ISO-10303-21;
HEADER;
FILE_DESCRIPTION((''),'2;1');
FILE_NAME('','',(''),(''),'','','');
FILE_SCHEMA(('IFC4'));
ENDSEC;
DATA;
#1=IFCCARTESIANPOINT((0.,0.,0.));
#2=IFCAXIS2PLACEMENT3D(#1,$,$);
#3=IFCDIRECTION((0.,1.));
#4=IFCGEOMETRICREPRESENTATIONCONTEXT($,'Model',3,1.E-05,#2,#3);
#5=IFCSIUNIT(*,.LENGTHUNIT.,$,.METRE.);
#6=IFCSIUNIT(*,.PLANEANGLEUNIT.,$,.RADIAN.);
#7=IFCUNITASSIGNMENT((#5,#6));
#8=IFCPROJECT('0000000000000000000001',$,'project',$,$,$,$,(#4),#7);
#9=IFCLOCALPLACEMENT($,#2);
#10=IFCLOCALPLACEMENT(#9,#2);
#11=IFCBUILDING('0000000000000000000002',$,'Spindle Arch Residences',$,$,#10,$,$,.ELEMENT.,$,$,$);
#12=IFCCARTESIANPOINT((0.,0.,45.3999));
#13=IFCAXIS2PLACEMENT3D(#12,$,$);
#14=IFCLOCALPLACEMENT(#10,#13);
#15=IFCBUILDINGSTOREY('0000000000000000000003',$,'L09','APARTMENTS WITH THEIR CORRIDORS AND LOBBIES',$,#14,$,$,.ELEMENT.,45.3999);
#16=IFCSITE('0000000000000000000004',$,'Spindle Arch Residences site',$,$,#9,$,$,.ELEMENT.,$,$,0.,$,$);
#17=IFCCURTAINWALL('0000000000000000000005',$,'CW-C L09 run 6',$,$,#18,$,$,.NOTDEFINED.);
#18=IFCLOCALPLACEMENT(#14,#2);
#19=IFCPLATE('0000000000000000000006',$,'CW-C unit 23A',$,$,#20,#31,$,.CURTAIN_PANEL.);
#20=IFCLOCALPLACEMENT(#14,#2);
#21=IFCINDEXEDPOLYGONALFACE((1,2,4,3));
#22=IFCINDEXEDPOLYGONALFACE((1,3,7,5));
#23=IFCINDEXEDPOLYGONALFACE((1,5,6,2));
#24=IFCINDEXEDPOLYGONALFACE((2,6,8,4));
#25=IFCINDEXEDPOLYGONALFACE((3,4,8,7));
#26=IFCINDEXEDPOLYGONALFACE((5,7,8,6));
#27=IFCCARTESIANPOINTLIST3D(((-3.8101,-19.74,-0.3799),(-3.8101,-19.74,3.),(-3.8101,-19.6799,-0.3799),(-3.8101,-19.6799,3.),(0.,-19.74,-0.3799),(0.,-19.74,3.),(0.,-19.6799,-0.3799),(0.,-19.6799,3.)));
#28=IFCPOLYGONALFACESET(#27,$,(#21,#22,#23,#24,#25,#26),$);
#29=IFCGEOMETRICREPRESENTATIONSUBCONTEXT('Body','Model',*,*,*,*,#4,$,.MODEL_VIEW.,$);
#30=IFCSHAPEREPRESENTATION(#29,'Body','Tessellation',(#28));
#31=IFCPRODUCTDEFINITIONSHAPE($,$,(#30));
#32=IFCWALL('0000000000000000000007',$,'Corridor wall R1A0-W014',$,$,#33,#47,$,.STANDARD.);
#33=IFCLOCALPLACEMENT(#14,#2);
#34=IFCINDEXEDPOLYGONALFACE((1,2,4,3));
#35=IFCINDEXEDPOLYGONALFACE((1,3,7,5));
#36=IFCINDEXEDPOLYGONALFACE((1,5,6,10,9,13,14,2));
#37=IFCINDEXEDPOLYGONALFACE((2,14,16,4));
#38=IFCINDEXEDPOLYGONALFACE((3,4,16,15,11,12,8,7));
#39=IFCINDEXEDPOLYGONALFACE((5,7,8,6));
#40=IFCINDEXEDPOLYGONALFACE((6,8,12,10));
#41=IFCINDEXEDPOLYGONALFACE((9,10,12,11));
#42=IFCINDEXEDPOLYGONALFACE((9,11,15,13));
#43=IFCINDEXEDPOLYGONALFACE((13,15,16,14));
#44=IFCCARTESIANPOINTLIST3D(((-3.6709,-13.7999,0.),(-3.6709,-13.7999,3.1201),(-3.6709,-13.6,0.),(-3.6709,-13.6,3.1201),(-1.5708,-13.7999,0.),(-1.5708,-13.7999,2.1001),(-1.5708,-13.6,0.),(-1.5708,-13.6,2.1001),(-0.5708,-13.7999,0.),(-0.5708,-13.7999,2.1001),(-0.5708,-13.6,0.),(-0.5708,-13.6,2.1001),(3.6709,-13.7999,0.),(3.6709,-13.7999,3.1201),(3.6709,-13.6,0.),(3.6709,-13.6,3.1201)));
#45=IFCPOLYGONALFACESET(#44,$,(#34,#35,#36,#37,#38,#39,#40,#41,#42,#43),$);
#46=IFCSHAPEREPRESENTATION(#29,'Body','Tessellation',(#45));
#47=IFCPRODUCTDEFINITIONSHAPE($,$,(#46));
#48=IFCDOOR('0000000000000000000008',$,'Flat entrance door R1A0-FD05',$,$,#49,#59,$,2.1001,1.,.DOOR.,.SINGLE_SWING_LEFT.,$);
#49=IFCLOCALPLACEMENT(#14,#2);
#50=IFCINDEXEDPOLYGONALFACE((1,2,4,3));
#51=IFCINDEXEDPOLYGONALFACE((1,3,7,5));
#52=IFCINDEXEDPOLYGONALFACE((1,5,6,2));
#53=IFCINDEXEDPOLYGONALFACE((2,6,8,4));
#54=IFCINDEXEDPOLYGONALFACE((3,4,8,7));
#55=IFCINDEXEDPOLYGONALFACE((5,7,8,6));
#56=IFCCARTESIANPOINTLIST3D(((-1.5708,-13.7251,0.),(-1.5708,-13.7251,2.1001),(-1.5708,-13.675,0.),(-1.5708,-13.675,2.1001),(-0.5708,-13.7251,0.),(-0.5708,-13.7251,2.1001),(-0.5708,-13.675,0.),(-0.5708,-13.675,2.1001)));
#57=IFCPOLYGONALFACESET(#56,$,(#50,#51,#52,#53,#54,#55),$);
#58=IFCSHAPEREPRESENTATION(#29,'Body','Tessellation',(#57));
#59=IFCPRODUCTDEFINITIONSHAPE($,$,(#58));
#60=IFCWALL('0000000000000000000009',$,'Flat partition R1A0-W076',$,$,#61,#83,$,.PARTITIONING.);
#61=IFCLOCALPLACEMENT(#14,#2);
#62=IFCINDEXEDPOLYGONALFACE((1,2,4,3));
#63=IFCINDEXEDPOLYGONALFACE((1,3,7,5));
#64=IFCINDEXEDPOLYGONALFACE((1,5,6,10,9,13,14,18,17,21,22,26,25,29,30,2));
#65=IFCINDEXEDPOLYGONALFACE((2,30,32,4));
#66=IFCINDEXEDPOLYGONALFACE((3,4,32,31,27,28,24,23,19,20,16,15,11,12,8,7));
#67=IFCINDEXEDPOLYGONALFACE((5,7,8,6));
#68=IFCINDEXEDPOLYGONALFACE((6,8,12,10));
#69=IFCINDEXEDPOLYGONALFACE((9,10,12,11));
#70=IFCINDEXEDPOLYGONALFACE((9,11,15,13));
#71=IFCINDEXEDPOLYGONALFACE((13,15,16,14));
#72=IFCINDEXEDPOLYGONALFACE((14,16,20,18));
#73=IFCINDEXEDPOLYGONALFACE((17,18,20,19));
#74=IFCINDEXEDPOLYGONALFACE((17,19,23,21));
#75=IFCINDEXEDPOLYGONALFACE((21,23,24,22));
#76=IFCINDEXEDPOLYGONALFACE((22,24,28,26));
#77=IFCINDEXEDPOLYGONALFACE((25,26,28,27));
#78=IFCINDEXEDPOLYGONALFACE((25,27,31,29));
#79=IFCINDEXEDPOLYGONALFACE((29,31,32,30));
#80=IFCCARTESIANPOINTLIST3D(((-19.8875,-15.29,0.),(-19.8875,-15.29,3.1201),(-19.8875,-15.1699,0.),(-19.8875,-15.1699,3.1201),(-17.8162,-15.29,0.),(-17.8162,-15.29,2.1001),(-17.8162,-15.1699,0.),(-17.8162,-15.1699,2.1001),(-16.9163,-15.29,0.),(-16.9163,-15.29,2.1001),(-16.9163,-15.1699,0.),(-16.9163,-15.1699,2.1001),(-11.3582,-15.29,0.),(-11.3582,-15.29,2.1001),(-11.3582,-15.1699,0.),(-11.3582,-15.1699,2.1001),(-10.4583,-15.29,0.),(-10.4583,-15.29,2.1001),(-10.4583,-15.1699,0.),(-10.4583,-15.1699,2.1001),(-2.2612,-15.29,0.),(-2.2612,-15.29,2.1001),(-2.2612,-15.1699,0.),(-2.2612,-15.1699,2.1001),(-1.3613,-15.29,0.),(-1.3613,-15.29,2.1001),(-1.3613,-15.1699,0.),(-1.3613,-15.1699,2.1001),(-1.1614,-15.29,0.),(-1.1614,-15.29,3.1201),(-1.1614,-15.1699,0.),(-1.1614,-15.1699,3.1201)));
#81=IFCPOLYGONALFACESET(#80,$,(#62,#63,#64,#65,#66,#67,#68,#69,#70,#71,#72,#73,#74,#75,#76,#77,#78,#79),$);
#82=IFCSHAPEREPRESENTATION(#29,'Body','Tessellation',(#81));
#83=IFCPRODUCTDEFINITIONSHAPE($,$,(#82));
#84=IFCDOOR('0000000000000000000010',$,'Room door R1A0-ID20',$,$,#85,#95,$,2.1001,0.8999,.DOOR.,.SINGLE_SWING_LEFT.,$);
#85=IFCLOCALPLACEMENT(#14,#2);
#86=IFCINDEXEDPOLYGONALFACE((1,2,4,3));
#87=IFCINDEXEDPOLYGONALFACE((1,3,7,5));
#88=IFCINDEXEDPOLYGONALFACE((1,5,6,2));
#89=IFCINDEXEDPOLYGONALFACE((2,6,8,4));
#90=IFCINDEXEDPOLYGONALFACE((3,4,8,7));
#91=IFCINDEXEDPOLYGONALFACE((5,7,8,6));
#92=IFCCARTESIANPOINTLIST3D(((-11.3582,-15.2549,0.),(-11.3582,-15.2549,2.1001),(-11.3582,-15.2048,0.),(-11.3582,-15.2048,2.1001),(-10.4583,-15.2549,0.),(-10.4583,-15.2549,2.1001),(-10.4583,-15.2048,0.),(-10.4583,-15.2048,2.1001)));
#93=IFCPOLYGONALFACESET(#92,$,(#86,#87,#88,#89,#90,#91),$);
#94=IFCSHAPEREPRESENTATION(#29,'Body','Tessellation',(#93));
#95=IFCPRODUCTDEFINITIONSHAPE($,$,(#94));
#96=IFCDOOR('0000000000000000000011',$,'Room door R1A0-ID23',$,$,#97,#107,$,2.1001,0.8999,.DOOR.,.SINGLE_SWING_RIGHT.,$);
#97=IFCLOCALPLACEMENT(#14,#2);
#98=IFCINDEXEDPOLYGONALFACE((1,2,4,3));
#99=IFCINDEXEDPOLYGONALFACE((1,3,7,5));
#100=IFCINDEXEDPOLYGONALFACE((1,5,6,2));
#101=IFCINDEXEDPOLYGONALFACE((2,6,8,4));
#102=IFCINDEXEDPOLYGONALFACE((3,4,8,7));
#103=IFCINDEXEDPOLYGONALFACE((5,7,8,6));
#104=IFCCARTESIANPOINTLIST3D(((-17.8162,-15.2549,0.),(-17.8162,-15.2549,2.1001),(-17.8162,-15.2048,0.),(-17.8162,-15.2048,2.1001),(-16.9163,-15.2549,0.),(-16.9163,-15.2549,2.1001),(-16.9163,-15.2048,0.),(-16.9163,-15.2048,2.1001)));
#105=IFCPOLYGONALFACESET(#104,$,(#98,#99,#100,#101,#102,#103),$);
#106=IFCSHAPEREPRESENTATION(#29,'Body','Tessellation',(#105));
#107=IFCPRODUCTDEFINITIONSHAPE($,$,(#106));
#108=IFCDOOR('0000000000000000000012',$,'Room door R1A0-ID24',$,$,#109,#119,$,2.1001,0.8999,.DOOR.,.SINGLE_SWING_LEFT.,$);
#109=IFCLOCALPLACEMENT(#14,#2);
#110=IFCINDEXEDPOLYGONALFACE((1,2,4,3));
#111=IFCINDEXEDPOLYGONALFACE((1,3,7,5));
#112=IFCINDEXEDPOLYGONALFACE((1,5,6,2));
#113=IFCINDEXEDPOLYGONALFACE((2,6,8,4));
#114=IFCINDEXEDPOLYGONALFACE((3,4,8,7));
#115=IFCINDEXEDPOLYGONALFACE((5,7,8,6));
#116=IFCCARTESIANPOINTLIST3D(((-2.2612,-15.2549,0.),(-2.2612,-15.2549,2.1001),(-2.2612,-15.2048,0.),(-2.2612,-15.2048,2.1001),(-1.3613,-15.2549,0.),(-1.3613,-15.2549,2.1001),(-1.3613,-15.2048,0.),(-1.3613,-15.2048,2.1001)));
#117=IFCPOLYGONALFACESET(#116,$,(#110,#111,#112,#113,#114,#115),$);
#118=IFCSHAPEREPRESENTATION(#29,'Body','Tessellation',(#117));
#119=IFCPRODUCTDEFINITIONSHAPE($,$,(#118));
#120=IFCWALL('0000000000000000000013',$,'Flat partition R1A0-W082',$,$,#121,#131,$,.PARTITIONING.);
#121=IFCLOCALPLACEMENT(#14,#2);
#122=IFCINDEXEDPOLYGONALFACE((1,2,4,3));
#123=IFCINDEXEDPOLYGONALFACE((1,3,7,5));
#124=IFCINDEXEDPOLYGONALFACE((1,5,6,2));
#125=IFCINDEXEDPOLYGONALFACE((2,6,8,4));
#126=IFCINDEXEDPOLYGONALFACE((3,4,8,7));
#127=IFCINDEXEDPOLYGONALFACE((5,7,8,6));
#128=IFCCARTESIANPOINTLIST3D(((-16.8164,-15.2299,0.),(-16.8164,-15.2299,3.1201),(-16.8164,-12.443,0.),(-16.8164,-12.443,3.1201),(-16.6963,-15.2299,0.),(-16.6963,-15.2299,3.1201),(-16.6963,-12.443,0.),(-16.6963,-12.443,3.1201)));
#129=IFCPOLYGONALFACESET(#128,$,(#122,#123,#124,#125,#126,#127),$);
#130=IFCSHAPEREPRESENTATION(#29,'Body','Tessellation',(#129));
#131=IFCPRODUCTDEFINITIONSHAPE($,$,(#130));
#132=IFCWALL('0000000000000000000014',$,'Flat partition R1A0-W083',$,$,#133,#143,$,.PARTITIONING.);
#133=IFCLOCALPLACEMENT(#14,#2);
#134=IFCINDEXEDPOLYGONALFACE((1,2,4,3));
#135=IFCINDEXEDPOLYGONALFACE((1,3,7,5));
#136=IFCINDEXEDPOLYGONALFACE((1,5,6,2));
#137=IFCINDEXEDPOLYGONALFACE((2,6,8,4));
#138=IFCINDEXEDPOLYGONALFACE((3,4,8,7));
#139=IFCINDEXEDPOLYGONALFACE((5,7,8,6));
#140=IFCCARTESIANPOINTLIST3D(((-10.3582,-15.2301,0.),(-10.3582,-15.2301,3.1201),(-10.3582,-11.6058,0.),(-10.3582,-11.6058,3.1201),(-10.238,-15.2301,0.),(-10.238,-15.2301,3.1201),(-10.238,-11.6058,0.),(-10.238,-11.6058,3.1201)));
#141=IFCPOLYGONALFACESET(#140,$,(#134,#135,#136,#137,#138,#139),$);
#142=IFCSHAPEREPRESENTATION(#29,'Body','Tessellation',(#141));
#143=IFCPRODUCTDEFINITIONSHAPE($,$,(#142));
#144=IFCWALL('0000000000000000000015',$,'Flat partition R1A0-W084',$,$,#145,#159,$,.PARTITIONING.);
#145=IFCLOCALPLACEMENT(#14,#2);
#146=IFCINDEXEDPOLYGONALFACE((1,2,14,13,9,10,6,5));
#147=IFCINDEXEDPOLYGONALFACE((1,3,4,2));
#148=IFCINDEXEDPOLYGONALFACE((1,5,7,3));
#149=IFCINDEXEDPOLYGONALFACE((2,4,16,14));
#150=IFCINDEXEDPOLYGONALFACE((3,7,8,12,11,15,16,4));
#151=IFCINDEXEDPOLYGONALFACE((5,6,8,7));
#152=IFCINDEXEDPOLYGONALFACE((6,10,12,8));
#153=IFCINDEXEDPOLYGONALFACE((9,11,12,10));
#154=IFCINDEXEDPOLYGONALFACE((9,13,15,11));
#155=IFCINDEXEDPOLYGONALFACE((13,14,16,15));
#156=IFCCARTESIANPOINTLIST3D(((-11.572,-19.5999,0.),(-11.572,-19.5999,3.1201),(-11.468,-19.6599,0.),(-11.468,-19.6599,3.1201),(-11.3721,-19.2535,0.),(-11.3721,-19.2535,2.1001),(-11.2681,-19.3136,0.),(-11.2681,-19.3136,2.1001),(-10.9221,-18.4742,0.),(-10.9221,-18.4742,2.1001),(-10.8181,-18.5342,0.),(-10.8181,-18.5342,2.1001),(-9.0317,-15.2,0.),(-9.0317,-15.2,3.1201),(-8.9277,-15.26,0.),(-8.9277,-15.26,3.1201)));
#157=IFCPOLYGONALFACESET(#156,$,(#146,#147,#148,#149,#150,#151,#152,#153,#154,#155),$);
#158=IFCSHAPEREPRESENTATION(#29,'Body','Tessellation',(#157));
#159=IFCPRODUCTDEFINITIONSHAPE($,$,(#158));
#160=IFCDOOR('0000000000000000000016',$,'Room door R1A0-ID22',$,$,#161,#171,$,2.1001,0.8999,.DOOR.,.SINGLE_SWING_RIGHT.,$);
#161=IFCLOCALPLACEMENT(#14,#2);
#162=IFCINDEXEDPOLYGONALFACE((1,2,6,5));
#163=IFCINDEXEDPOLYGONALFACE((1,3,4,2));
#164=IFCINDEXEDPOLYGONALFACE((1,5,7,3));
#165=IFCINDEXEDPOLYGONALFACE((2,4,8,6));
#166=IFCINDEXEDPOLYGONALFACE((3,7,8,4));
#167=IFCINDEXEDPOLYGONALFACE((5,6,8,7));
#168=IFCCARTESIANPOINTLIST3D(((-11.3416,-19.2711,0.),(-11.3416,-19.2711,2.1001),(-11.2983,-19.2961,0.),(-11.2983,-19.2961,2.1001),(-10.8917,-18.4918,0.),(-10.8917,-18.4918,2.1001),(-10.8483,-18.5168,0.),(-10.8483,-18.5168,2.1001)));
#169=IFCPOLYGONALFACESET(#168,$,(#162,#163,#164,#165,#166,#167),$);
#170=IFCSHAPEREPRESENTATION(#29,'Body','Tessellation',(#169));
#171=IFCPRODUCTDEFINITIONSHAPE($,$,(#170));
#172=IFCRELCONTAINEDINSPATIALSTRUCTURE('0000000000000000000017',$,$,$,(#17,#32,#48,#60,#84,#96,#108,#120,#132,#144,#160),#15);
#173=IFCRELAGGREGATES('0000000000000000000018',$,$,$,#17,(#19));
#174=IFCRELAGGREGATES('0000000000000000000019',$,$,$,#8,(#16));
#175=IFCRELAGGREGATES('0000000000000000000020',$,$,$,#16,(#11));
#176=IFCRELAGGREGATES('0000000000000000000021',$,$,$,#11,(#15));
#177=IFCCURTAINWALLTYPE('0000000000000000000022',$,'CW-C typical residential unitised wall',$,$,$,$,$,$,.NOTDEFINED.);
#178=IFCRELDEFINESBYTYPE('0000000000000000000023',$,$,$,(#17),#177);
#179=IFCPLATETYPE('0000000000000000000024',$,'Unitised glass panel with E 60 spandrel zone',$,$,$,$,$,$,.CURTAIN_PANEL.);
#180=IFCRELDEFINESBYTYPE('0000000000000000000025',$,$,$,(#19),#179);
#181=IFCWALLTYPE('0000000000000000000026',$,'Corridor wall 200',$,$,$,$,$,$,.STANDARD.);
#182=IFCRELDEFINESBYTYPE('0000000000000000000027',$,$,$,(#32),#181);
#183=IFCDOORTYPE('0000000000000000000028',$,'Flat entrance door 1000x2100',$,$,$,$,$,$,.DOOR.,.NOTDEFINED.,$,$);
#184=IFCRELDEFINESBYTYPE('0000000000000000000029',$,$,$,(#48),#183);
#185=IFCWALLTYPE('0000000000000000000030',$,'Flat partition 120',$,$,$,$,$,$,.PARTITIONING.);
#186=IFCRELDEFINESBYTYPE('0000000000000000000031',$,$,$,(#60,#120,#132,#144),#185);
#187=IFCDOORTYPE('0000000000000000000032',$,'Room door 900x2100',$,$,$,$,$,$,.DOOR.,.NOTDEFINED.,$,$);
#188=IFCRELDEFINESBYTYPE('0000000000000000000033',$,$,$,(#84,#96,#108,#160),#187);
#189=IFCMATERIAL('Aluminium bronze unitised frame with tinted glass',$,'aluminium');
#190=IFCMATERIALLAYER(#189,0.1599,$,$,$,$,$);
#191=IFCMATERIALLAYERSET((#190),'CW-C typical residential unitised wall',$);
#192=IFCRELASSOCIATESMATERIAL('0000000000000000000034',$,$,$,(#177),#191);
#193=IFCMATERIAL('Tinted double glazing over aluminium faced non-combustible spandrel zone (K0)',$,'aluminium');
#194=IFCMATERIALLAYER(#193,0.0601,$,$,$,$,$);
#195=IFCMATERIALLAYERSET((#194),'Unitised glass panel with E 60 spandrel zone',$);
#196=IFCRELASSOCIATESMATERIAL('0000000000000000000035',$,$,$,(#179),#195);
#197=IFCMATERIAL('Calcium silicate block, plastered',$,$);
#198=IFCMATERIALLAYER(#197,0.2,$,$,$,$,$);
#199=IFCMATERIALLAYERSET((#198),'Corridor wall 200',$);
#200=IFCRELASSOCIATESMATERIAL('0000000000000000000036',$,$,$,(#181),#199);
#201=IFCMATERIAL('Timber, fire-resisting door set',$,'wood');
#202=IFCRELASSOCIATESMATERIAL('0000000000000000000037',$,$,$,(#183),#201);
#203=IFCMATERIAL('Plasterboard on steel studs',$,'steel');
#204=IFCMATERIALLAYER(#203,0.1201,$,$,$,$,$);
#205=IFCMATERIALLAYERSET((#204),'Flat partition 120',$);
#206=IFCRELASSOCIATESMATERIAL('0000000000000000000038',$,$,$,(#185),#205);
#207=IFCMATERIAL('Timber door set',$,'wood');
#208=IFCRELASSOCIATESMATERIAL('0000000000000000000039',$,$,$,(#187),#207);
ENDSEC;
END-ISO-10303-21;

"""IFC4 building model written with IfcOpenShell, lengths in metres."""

from ifc_helpers import new_model, si_unit, direction, frame, frame_2d, origin, origin_2d, place, context, subcontext, project, spatial, rectangle, extrude, material, layer, layer_set, type_object, element, fill, aggregate, save


model = new_model("IFC4")

# Units and contexts
model_context = context("Model", 3, precision=1e-05, world=origin(), true_north=direction((0.0, 1.0)))
body_context = subcontext(model_context, "Body", "Model", "MODEL_VIEW")
ifc_project = project(units=[si_unit("LENGTHUNIT", "METRE"), si_unit("PLANEANGLEUNIT", "RADIAN")], contexts=[model_context])

# Site, building, storey
site_placement = place(None, origin())
site = spatial("IfcSite", under=ifc_project, at=site_placement, Name="Spindle Arch Residences site", CompositionType="ELEMENT", RefElevation=0.0)
building_placement = place(site_placement, origin())
building = spatial("IfcBuilding", under=site, at=building_placement, Name="Spindle Arch Residences", CompositionType="ELEMENT")
storey_placement = place(building_placement, frame((0.0, 0.0, 45.3999)))
storey = spatial("IfcBuildingStorey", under=building, at=storey_placement, Name="L09", Description="APARTMENTS WITH THEIR CORRIDORS AND LOBBIES", CompositionType="ELEMENT", Elevation=45.3999)

# Curtain wall
ifc_material_1 = material(Name="Aluminium bronze unitised frame with tinted glass", Category="aluminium")
ifc_layer_1 = layer(ifc_material_1, 0.1599)
ifc_layer_set_1 = layer_set([ifc_layer_1], Name="CW-C typical residential unitised wall")
curtain_wall_type = type_object("IfcCurtainWallType", Name="CW-C typical residential unitised wall", PredefinedType="NOTDEFINED", material=ifc_layer_set_1)
curtain_wall_placement = place(storey_placement, origin())
curtain_wall = element("IfcCurtainWall", 1, at=curtain_wall_placement, inside=storey, type_object=curtain_wall_type, Name="CW-C L09 run 6", PredefinedType="NOTDEFINED")

# Plate
ifc_material_2 = material(Name="Tinted double glazing over aluminium faced non-combustible spandrel zone (K0)", Category="aluminium")
ifc_layer_2 = layer(ifc_material_2, 0.0601)
ifc_layer_set_2 = layer_set([ifc_layer_2], Name="Unitised glass panel with E 60 spandrel zone")
plate_type = type_object("IfcPlateType", Name="Unitised glass panel with E 60 spandrel zone", PredefinedType="CURTAIN_PANEL", material=ifc_layer_set_2)
plate_1_placement = place(storey_placement, frame((-1.905, -19.71, -0.3799), z_axis=(0.0, 0.0, 1.0), x_axis=(1.0, 0.0, 0.0)))
plate_1 = element("IfcPlate", 2, at=plate_1_placement, type_object=plate_type, Name="CW-C unit 23A", PredefinedType="CURTAIN_PANEL", context=body_context, shape_type="SweptSolid", body=[
    extrude(rectangle(XDim=3.8101, YDim=0.0601, at=origin_2d()), origin(), (0.0, 0.0, 1.0), 3.3799),
])
aggregate(curtain_wall, [plate_1])

# Wall, opening, door
ifc_material_3 = material(Name="Calcium silicate block, plastered")
ifc_layer_3 = layer(ifc_material_3, 0.2)
ifc_layer_set_3 = layer_set([ifc_layer_3], Name="Corridor wall 200")
wall_type_1 = type_object("IfcWallType", Name="Corridor wall 200", PredefinedType="STANDARD", material=ifc_layer_set_3)
wall_1_placement = place(storey_placement, frame((-3.6709, -13.7, 0.0), z_axis=(0.0, 0.0, 1.0), x_axis=(1.0, 0.0, 0.0)))
wall_1 = element("IfcWall", 3, at=wall_1_placement, inside=storey, type_object=wall_type_1, Name="Corridor wall R1A0-W014", PredefinedType="STANDARD", context=body_context, shape_type="SweptSolid", body=[
    extrude(rectangle(XDim=7.3418, YDim=0.2, at=frame_2d((3.6709, 0.0))), origin(), (0.0, 0.0, 1.0), 3.1201),
])
opening_1_placement = place(wall_1_placement, frame((2.1001, 0.0, 0.0)))
opening_1 = element("IfcOpeningElement", 4, at=opening_1_placement, cuts=wall_1, PredefinedType="OPENING", context=body_context, shape_type="SweptSolid", body=[
    extrude(rectangle(XDim=1.0, YDim=2.1001, at=frame_2d((0.5, 1.05))), frame((0.0, 0.1099, 0.0), z_axis=(0.0, -1.0, 0.0), x_axis=(1.0, 0.0, 0.0)), (0.0, 0.0, 1.0), 0.22),
])
ifc_material_4 = material(Name="Timber, fire-resisting door set", Category="wood")
door_type_1 = type_object("IfcDoorType", Name="Flat entrance door 1000x2100", OperationType="NOTDEFINED", PredefinedType="DOOR", material=ifc_material_4)
door_1_placement = place(opening_1_placement, origin())
door_1 = element("IfcDoor", 5, at=door_1_placement, inside=storey, type_object=door_type_1, Name="Flat entrance door R1A0-FD05", OperationType="SINGLE_SWING_LEFT", OverallHeight=2.1001, OverallWidth=1.0, PredefinedType="DOOR", context=body_context, shape_type="SweptSolid", body=[
    extrude(rectangle(XDim=1.0, YDim=2.1001, at=frame_2d((0.5, 1.05))), frame((0.0, 0.0249, 0.0), z_axis=(0.0, -1.0, 0.0), x_axis=(1.0, 0.0, 0.0)), (0.0, 0.0, 1.0), 0.05),
])
fill(opening_1, door_1)

# Wall, openings, doors
ifc_material_5 = material(Name="Plasterboard on steel studs", Category="steel")
ifc_layer_4 = layer(ifc_material_5, 0.1201)
ifc_layer_set_4 = layer_set([ifc_layer_4], Name="Flat partition 120")
wall_type_2 = type_object("IfcWallType", Name="Flat partition 120", PredefinedType="PARTITIONING", material=ifc_layer_set_4)
wall_2_placement = place(storey_placement, frame((-1.1614, -15.23, 0.0), z_axis=(0.0, 0.0, 1.0), x_axis=(-1.0, 0.0, 0.0)))
wall_2 = element("IfcWall", 6, at=wall_2_placement, inside=storey, type_object=wall_type_2, Name="Flat partition R1A0-W076", PredefinedType="PARTITIONING", context=body_context, shape_type="SweptSolid", body=[
    extrude(rectangle(XDim=18.7261, YDim=0.1201, at=frame_2d((9.363, 0.0))), origin(), (0.0, 0.0, 1.0), 3.1201),
])
opening_2_placement = place(wall_2_placement, frame((9.2969, 0.0, 0.0)))
opening_2 = element("IfcOpeningElement", 7, at=opening_2_placement, cuts=wall_2, PredefinedType="OPENING", context=body_context, shape_type="SweptSolid", body=[
    extrude(rectangle(XDim=0.8999, YDim=2.1001, at=frame_2d((0.45, 1.05))), frame((0.0, 0.0701, 0.0), z_axis=(0.0, -1.0, 0.0), x_axis=(1.0, 0.0, 0.0)), (0.0, 0.0, 1.0), 0.1401),
])
opening_3_placement = place(wall_2_placement, frame((15.7549, 0.0, 0.0)))
opening_3 = element("IfcOpeningElement", 8, at=opening_3_placement, cuts=wall_2, PredefinedType="OPENING", context=body_context, shape_type="SweptSolid", body=[
    extrude(rectangle(XDim=0.8999, YDim=2.1001, at=frame_2d((0.45, 1.05))), frame((0.0, 0.0701, 0.0), z_axis=(0.0, -1.0, 0.0), x_axis=(1.0, 0.0, 0.0)), (0.0, 0.0, 1.0), 0.1401),
])
opening_4_placement = place(wall_2_placement, frame((0.2, 0.0, 0.0)))
opening_4 = element("IfcOpeningElement", 9, at=opening_4_placement, cuts=wall_2, PredefinedType="OPENING", context=body_context, shape_type="SweptSolid", body=[
    extrude(rectangle(XDim=0.8999, YDim=2.1001, at=frame_2d((0.45, 1.05))), frame((0.0, 0.0701, 0.0), z_axis=(0.0, -1.0, 0.0), x_axis=(1.0, 0.0, 0.0)), (0.0, 0.0, 1.0), 0.1401),
])
ifc_material_6 = material(Name="Timber door set", Category="wood")
door_type_2 = type_object("IfcDoorType", Name="Room door 900x2100", OperationType="NOTDEFINED", PredefinedType="DOOR", material=ifc_material_6)
door_2_placement = place(opening_2_placement, origin())
door_2 = element("IfcDoor", 10, at=door_2_placement, inside=storey, type_object=door_type_2, Name="Room door R1A0-ID20", OperationType="SINGLE_SWING_LEFT", OverallHeight=2.1001, OverallWidth=0.8999, PredefinedType="DOOR", context=body_context, shape_type="SweptSolid", body=[
    extrude(rectangle(XDim=0.8999, YDim=2.1001, at=frame_2d((0.45, 1.05))), frame((0.0, 0.0249, 0.0), z_axis=(0.0, -1.0, 0.0), x_axis=(1.0, 0.0, 0.0)), (0.0, 0.0, 1.0), 0.05),
])
fill(opening_2, door_2)
door_3_placement = place(opening_3_placement, origin())
door_3 = element("IfcDoor", 11, at=door_3_placement, inside=storey, type_object=door_type_2, Name="Room door R1A0-ID23", OperationType="SINGLE_SWING_RIGHT", OverallHeight=2.1001, OverallWidth=0.8999, PredefinedType="DOOR", context=body_context, shape_type="SweptSolid", body=[
    extrude(rectangle(XDim=0.8999, YDim=2.1001, at=frame_2d((0.45, 1.05))), frame((0.0, 0.0249, 0.0), z_axis=(0.0, -1.0, 0.0), x_axis=(1.0, 0.0, 0.0)), (0.0, 0.0, 1.0), 0.05),
])
fill(opening_3, door_3)
door_4_placement = place(opening_4_placement, origin())
door_4 = element("IfcDoor", 12, at=door_4_placement, inside=storey, type_object=door_type_2, Name="Room door R1A0-ID24", OperationType="SINGLE_SWING_LEFT", OverallHeight=2.1001, OverallWidth=0.8999, PredefinedType="DOOR", context=body_context, shape_type="SweptSolid", body=[
    extrude(rectangle(XDim=0.8999, YDim=2.1001, at=frame_2d((0.45, 1.05))), frame((0.0, 0.0249, 0.0), z_axis=(0.0, -1.0, 0.0), x_axis=(1.0, 0.0, 0.0)), (0.0, 0.0, 1.0), 0.05),
])
fill(opening_4, door_4)

# Walls
wall_3_placement = place(storey_placement, frame((-16.7563, -15.23, 0.0), z_axis=(0.0, 0.0, 1.0), x_axis=(0.0, 1.0, 0.0)))
element("IfcWall", 13, at=wall_3_placement, inside=storey, type_object=wall_type_2, Name="Flat partition R1A0-W082", PredefinedType="PARTITIONING", context=body_context, shape_type="SweptSolid", body=[
    extrude(rectangle(XDim=2.7869, YDim=0.1201, at=frame_2d((1.3936, 0.0))), origin(), (0.0, 0.0, 1.0), 3.1201),
])
wall_4_placement = place(storey_placement, frame((-10.2981, -15.23, 0.0), z_axis=(0.0, 0.0, 1.0), x_axis=(0.0, 1.0, 0.0)))
element("IfcWall", 14, at=wall_4_placement, inside=storey, type_object=wall_type_2, Name="Flat partition R1A0-W083", PredefinedType="PARTITIONING", context=body_context, shape_type="SweptSolid", body=[
    extrude(rectangle(XDim=3.6243, YDim=0.1201, at=frame_2d((1.812, 0.0))), origin(), (0.0, 0.0, 1.0), 3.1201),
])

# Wall, opening, door
wall_5_placement = place(storey_placement, frame((-11.52, -19.6299, 0.0), z_axis=(0.0, 0.0, 1.0), x_axis=(0.5, 0.866026, 0.0)))
wall_5 = element("IfcWall", 15, at=wall_5_placement, inside=storey, type_object=wall_type_2, Name="Flat partition R1A0-W084", PredefinedType="PARTITIONING", context=body_context, shape_type="SweptSolid", body=[
    extrude(rectangle(XDim=5.0806, YDim=0.1201, at=frame_2d((2.5403, 0.0))), origin(), (0.0, 0.0, 1.0), 3.1201),
])
opening_5_placement = place(wall_5_placement, frame((0.3999, 0.0, 0.0)))
opening_5 = element("IfcOpeningElement", 16, at=opening_5_placement, cuts=wall_5, PredefinedType="OPENING", context=body_context, shape_type="SweptSolid", body=[
    extrude(rectangle(XDim=0.8999, YDim=2.1001, at=frame_2d((0.45, 1.05))), frame((0.0, 0.0701, 0.0), z_axis=(0.0, -1.0, 0.0), x_axis=(1.0, 0.0, 0.0)), (0.0, 0.0, 1.0), 0.1401),
])
door_5_placement = place(opening_5_placement, origin())
door_5 = element("IfcDoor", 17, at=door_5_placement, inside=storey, type_object=door_type_2, Name="Room door R1A0-ID22", OperationType="SINGLE_SWING_RIGHT", OverallHeight=2.1001, OverallWidth=0.8999, PredefinedType="DOOR", context=body_context, shape_type="SweptSolid", body=[
    extrude(rectangle(XDim=0.8999, YDim=2.1001, at=frame_2d((0.45, 1.05))), frame((0.0, 0.0249, 0.0), z_axis=(0.0, -1.0, 0.0), x_axis=(1.0, 0.0, 0.0)), (0.0, 0.0, 1.0), 0.05),
])
fill(opening_5, door_5)

save(model, "model.ifc")
